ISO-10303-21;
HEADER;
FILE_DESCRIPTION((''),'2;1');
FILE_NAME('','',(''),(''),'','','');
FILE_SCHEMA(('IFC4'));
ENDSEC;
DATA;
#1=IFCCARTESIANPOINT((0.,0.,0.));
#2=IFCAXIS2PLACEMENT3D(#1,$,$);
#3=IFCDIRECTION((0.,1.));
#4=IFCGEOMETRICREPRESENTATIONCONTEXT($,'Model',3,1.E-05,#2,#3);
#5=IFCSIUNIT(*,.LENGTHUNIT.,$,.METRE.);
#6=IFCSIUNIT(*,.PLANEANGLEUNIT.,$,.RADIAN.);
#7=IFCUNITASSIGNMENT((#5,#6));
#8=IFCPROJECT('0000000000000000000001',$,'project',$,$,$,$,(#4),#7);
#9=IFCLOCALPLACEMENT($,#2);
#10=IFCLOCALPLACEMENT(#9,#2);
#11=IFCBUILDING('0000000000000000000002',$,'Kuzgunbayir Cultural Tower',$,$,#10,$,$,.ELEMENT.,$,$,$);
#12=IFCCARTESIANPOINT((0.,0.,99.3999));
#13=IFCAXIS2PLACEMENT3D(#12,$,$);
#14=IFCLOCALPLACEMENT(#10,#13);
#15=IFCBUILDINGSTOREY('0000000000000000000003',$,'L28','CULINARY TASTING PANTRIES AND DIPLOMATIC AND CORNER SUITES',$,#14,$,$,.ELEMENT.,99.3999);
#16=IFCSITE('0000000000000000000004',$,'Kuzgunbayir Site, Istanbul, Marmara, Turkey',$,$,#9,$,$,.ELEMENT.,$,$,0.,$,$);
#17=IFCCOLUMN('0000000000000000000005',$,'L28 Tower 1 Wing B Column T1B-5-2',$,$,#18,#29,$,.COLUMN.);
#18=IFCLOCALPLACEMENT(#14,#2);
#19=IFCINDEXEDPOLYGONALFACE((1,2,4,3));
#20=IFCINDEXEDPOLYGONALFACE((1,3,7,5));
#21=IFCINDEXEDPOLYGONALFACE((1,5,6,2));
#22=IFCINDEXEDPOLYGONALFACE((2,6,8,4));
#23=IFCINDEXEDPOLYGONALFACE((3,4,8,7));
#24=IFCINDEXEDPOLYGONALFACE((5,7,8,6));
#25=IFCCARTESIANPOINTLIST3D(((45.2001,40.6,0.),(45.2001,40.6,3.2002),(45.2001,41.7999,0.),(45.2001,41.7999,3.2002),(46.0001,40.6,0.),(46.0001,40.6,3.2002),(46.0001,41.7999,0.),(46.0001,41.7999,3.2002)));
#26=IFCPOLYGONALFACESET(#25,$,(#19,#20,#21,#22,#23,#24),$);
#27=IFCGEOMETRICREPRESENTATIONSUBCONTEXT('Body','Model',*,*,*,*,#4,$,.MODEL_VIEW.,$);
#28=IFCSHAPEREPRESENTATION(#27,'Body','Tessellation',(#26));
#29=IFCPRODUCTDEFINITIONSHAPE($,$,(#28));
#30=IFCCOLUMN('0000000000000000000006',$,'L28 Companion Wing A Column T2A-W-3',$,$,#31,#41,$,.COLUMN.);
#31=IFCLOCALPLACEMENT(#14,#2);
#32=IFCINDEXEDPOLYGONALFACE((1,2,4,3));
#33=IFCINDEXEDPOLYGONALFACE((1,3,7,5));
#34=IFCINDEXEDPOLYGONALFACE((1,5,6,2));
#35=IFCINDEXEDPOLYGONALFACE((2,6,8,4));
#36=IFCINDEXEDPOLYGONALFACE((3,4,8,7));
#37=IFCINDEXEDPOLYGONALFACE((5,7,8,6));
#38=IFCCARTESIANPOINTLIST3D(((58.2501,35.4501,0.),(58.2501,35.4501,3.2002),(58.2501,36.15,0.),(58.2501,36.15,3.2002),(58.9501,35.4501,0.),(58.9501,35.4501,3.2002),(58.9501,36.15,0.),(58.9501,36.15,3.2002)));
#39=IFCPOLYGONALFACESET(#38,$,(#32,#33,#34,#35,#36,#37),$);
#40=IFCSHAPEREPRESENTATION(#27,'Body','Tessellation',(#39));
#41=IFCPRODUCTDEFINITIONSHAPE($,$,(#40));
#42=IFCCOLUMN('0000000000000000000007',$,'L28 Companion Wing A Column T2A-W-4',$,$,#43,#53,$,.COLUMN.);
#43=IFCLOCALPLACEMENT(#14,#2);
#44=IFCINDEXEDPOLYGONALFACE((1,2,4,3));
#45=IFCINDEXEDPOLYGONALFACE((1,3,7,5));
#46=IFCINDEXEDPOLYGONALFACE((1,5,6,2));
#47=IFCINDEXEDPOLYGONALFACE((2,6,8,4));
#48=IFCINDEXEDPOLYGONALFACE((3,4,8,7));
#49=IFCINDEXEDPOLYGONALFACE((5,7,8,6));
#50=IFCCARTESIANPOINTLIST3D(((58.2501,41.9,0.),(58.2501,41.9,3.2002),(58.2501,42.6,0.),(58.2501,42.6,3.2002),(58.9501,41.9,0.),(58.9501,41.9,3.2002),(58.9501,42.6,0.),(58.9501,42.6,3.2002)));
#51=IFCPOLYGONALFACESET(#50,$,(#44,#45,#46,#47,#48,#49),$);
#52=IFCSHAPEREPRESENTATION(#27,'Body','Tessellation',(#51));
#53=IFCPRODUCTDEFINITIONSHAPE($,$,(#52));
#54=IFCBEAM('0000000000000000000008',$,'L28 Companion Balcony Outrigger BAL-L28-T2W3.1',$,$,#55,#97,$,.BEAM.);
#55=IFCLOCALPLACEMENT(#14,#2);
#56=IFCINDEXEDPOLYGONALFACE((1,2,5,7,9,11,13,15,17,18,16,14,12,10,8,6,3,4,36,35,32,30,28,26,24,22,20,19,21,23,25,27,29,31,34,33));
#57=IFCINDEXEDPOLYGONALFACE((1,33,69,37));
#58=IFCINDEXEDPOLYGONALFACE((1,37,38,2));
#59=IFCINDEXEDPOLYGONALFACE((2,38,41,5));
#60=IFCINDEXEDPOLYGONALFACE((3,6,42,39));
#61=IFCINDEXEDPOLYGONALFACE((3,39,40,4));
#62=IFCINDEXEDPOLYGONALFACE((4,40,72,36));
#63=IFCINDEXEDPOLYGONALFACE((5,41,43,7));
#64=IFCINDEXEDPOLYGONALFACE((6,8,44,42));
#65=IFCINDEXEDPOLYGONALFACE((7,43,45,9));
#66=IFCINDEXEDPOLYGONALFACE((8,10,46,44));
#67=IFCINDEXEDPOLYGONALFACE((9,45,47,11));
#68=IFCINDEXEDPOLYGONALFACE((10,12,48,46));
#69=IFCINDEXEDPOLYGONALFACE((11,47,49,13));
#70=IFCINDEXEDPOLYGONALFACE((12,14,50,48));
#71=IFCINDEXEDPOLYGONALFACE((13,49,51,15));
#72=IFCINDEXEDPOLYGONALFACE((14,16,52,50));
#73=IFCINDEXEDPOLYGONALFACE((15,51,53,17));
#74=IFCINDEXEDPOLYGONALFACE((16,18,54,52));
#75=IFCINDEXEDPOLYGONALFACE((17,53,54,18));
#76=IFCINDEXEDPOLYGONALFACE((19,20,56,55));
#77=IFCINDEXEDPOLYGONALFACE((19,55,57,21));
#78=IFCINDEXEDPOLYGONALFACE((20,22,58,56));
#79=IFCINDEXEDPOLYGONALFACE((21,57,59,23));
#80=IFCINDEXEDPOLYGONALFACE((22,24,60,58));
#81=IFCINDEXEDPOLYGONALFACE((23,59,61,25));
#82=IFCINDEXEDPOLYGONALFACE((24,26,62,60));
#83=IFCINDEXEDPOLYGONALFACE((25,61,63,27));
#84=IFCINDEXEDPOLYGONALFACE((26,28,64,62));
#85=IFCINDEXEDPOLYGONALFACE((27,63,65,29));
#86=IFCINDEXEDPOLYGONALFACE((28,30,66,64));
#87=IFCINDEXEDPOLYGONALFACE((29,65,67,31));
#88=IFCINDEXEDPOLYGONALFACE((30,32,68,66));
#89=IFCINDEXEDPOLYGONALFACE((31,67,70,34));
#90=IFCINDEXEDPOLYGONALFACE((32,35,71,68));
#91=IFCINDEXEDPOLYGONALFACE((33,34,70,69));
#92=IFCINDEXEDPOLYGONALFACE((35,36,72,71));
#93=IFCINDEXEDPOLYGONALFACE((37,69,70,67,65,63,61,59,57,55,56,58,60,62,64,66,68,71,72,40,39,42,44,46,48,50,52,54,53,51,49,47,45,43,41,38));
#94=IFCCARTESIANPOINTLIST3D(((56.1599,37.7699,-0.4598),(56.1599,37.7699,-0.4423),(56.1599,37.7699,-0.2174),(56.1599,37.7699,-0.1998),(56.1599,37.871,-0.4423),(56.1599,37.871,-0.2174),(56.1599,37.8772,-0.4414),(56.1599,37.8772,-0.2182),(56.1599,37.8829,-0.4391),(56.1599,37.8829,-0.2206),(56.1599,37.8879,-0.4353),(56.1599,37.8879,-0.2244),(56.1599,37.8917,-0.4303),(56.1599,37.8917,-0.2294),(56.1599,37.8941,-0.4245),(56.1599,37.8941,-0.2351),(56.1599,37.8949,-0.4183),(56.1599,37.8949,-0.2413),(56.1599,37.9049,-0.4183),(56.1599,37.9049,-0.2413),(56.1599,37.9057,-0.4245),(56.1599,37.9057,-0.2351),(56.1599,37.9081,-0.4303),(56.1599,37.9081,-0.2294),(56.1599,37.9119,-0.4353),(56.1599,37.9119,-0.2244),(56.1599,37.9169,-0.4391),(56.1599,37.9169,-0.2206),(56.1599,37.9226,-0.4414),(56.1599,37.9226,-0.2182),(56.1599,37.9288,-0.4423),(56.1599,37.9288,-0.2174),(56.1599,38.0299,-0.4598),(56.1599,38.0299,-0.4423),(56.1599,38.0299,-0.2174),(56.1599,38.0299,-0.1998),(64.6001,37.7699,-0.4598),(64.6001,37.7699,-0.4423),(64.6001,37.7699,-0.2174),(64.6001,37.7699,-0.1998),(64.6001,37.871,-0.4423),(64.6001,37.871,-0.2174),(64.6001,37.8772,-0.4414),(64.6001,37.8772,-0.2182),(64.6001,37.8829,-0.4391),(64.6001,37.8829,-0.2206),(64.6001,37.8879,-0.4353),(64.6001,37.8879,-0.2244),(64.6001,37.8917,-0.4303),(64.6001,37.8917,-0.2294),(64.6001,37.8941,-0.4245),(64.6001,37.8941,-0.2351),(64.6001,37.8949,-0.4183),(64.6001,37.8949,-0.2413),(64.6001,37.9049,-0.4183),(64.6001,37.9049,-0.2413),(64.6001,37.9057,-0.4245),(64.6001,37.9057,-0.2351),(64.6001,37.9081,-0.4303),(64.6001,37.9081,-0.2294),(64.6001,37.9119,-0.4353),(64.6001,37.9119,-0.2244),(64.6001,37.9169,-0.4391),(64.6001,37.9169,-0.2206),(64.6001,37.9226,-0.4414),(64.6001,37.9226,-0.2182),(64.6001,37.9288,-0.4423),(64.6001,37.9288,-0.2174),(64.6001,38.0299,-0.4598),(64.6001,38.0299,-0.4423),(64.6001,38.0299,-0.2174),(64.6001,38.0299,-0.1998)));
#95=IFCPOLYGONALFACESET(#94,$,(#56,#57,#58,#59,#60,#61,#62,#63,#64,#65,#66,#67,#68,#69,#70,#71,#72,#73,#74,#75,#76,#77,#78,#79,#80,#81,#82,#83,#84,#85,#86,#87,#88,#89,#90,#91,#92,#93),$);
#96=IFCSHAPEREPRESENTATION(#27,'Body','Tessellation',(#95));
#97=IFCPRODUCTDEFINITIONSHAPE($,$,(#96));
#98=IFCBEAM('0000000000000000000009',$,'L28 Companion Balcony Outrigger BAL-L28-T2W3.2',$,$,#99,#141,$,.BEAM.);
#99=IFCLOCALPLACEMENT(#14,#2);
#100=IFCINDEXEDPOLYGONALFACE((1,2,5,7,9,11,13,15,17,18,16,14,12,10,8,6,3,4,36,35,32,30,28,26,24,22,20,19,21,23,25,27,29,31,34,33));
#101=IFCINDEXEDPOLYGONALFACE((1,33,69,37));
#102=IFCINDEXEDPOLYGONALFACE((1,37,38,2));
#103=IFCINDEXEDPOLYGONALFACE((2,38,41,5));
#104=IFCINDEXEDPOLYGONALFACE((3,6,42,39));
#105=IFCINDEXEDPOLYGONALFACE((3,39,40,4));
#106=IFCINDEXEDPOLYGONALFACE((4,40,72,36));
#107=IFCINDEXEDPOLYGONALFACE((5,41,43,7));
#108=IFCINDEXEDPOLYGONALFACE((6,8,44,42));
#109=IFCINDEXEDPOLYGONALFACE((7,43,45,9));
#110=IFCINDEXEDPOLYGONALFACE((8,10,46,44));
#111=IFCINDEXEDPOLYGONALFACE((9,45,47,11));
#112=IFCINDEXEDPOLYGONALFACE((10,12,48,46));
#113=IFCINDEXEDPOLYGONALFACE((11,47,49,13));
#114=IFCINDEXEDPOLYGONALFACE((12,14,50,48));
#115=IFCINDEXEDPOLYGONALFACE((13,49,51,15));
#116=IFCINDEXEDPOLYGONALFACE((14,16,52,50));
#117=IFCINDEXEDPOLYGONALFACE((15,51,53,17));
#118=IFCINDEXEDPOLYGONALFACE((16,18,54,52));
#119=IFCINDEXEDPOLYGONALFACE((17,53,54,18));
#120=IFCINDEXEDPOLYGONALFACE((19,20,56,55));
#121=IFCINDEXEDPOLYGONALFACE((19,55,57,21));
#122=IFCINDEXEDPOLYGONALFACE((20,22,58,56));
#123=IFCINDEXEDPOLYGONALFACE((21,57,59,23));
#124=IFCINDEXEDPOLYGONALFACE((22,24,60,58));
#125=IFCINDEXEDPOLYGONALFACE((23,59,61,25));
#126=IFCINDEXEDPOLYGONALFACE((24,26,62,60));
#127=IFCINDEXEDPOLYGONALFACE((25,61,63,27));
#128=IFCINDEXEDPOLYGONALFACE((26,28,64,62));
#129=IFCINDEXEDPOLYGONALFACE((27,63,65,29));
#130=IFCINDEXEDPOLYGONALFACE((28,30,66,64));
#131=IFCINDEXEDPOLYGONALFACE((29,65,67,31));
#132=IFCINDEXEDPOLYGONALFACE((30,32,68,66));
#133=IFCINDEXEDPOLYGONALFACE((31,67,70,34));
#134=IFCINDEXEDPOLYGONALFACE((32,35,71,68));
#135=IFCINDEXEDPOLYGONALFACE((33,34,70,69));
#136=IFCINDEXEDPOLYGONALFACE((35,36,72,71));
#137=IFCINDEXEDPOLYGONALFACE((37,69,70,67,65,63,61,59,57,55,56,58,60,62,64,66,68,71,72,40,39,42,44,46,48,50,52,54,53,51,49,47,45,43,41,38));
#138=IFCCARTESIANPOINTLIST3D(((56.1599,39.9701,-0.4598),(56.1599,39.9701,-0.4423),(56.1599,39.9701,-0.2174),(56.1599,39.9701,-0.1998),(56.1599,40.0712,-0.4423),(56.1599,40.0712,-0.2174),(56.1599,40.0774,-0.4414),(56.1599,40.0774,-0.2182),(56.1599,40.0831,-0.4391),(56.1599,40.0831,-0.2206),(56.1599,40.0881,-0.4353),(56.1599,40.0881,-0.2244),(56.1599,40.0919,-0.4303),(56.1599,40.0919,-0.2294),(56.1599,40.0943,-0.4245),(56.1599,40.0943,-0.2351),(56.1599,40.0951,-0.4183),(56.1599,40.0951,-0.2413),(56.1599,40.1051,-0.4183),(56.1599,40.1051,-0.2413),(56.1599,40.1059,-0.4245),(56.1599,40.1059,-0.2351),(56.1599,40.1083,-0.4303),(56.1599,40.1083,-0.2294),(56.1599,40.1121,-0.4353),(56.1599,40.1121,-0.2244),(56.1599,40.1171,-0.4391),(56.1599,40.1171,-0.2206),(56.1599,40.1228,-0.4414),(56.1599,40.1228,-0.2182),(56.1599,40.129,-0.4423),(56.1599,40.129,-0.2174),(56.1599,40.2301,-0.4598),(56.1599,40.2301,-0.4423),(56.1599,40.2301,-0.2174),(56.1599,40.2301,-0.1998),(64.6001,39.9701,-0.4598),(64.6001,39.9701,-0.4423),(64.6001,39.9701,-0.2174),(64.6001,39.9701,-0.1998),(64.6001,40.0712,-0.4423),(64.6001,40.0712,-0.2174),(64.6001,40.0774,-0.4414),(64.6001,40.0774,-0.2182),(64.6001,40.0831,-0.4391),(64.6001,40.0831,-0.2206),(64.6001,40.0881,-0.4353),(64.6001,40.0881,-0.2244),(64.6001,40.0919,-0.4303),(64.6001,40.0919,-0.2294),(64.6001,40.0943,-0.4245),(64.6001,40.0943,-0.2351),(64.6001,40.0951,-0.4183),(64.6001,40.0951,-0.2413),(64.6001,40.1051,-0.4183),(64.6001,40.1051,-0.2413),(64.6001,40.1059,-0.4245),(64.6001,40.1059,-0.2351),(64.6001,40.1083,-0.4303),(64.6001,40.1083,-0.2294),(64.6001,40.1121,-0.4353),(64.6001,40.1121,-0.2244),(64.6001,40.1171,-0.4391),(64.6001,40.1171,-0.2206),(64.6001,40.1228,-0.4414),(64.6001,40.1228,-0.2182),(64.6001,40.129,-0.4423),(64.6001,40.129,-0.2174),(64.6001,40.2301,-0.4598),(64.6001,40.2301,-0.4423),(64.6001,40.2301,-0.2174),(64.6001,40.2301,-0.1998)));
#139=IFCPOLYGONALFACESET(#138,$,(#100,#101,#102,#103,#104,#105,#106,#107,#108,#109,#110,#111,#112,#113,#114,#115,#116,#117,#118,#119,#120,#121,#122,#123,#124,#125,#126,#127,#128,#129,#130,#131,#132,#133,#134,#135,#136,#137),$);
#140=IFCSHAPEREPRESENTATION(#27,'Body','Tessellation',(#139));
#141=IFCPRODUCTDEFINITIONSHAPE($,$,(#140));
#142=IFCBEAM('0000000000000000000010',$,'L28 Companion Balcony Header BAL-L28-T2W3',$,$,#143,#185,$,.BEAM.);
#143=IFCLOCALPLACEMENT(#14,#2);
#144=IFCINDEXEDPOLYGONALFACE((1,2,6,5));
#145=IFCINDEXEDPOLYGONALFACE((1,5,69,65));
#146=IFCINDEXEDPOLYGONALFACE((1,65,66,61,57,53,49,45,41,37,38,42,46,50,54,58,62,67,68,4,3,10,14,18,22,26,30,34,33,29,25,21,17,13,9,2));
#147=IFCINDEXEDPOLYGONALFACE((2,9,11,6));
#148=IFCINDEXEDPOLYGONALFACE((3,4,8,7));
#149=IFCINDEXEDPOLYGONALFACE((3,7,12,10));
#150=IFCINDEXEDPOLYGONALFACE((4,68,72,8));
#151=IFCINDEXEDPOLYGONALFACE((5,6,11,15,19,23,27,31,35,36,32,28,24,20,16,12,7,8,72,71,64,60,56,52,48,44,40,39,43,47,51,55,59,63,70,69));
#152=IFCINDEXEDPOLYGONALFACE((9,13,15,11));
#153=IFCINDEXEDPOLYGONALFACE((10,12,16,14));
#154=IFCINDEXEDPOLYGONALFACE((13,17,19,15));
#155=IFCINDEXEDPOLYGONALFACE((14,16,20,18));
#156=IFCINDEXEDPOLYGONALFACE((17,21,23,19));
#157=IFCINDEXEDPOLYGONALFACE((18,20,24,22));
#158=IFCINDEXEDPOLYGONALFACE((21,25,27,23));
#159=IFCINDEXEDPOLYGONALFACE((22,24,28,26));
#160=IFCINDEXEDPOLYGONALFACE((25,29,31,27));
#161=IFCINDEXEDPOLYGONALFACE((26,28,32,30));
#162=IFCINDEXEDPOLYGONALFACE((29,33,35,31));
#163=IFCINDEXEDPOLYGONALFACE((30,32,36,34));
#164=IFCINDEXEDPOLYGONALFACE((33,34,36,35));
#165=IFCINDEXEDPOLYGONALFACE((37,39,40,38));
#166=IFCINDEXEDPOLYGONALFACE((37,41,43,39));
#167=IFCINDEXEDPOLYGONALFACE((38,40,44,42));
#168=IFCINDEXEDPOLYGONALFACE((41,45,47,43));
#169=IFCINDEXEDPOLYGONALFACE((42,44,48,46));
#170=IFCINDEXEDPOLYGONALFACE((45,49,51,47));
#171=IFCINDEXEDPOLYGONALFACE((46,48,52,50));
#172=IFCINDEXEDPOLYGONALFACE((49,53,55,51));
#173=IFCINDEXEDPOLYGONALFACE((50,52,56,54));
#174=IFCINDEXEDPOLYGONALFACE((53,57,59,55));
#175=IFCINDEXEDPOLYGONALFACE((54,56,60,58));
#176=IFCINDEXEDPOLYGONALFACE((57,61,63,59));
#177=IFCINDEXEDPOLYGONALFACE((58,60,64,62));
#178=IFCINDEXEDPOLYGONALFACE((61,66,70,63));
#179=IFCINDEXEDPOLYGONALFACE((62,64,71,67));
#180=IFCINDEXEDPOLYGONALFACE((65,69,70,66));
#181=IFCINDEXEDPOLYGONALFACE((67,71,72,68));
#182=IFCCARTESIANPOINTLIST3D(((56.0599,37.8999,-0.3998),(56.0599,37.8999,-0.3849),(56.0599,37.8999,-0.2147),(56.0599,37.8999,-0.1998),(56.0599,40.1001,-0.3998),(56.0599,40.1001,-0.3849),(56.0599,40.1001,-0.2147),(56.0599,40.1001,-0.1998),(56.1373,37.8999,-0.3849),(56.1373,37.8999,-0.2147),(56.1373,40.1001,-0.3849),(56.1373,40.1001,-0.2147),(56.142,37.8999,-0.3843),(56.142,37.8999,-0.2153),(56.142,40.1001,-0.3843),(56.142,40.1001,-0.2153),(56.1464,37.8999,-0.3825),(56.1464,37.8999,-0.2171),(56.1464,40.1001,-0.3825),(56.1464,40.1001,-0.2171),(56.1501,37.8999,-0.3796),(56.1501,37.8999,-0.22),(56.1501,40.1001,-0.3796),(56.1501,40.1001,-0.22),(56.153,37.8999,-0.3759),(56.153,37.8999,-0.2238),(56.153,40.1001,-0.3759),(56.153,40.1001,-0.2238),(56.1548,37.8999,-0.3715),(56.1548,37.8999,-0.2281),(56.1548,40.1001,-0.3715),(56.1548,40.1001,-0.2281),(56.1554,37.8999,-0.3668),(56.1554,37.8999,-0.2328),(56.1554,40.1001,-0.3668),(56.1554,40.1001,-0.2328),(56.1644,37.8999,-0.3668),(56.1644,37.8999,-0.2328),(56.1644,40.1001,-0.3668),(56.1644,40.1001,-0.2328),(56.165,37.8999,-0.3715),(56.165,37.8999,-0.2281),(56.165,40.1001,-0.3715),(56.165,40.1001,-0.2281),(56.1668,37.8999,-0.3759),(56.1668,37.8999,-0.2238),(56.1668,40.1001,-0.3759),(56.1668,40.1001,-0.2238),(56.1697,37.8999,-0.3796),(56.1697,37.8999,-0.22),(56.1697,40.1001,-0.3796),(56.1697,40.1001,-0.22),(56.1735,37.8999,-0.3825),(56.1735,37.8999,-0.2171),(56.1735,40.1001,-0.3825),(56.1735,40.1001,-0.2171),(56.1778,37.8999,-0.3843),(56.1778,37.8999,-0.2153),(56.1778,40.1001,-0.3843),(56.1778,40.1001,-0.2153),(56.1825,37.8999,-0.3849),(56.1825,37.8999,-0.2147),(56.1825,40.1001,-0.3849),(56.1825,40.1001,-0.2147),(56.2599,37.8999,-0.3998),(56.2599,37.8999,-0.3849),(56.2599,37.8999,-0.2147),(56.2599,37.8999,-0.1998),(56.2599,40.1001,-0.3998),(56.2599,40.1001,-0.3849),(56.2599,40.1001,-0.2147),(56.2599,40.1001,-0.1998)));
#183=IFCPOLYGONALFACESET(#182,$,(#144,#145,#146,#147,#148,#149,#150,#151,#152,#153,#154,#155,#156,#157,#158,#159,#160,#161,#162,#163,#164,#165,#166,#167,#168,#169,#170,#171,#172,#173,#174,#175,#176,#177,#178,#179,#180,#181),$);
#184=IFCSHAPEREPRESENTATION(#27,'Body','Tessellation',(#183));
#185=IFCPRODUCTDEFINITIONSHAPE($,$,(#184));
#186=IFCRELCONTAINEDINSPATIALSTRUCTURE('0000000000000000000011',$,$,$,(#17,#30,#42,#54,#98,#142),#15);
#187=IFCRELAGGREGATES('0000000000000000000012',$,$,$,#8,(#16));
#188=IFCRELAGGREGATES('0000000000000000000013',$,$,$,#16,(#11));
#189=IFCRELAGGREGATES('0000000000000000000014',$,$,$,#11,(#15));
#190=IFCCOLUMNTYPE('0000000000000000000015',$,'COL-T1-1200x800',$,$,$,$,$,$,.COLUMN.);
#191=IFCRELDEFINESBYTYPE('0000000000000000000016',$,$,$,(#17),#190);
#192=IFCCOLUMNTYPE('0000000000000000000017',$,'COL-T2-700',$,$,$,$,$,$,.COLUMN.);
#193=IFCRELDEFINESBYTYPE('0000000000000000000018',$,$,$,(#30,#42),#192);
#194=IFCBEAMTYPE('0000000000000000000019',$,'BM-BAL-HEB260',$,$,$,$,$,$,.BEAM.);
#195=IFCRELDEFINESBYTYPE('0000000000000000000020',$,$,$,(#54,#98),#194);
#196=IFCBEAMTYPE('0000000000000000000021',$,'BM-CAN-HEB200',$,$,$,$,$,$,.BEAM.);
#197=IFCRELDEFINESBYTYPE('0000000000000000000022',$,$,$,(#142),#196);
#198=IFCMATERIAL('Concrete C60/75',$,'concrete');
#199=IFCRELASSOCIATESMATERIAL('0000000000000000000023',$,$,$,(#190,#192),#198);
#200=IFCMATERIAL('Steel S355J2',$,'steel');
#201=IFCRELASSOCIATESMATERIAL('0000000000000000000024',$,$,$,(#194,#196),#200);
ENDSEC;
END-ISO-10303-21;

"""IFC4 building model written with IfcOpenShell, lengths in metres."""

from ifc_helpers import new_model, si_unit, direction, frame, origin, origin_2d, place, context, subcontext, project, spatial, rectangle, i_section, extrude, material, material_profile, profile_set, type_object, element, save


model = new_model("IFC4")

# Units and contexts
model_context = context("Model", 3, precision=1e-05, world=origin(), true_north=direction((0.0, 1.0)))
body_context = subcontext(model_context, "Body", "Model", "MODEL_VIEW")
ifc_project = project(units=[si_unit("LENGTHUNIT", "METRE"), si_unit("PLANEANGLEUNIT", "RADIAN")], contexts=[model_context])

# Site, building, storey
site_placement = place(None, origin())
site = spatial("IfcSite", under=ifc_project, at=site_placement, Name="Kuzgunbayir Site, Istanbul, Marmara, Turkey", CompositionType="ELEMENT", RefElevation=0.0)
building_placement = place(site_placement, origin())
building = spatial("IfcBuilding", under=site, at=building_placement, Name="Kuzgunbayir Cultural Tower", CompositionType="ELEMENT")
storey_placement = place(building_placement, frame((0.0, 0.0, 99.3999)))
storey = spatial("IfcBuildingStorey", under=building, at=storey_placement, Name="L28", Description="CULINARY TASTING PANTRIES AND DIPLOMATIC AND CORNER SUITES", CompositionType="ELEMENT", Elevation=99.3999)

# Columns
ifc_material_1 = material(Name="Concrete C60/75", Category="concrete")
ifc_material_profile_1 = material_profile(ifc_material_1, rectangle(XDim=0.8, YDim=1.2, at=origin_2d()), Name="RC 1200x800")
ifc_profile_set_1 = profile_set([ifc_material_profile_1], Name="Concrete C60/75")
column_type_1 = type_object("IfcColumnType", Name="COL-T1-1200x800", PredefinedType="COLUMN", material=ifc_profile_set_1)
column_placement = place(storey_placement, frame((45.6001, 41.2, 0.0), z_axis=(0.0, 0.0, 1.0), x_axis=(1.0, 0.0, 0.0)))
element("IfcColumn", 1, at=column_placement, inside=storey, type_object=column_type_1, Name="L28 Tower 1 Wing B Column T1B-5-2", PredefinedType="COLUMN", context=body_context, shape_type="SweptSolid", body=[
    extrude(rectangle(XDim=0.8, YDim=1.2, at=origin_2d()), origin(), (0.0, 0.0, 1.0), 3.2002),
])
ifc_material_profile_2 = material_profile(ifc_material_1, rectangle(XDim=0.7, YDim=0.7, at=origin_2d()), Name="RC 700x700")
ifc_profile_set_2 = profile_set([ifc_material_profile_2], Name="Concrete C60/75")
column_type_2 = type_object("IfcColumnType", Name="COL-T2-700", PredefinedType="COLUMN", material=ifc_profile_set_2)
for number, where, z_axis, x_axis, name in (
    (2, (58.6001, 35.8, 0.0), (0.0, 0.0, 1.0), (1.0, 0.0, 0.0), "L28 Companion Wing A Column T2A-W-3"),
    (3, (58.6001, 42.25, 0.0), (0.0, 0.0, 1.0), (1.0, 0.0, 0.0), "L28 Companion Wing A Column T2A-W-4"),
):
    element("IfcColumn", number, at=place(storey_placement, frame(where, z_axis=z_axis, x_axis=x_axis)), inside=storey, type_object=column_type_2, Name=name, PredefinedType="COLUMN", context=body_context, shape_type="SweptSolid", body=[
        extrude(rectangle(XDim=0.7, YDim=0.7, at=origin_2d()), origin(), (0.0, 0.0, 1.0), 3.2002),
    ])

# Beams
ifc_material_2 = material(Name="Steel S355J2", Category="steel")
ifc_material_profile_3 = material_profile(ifc_material_2, i_section(OverallWidth=0.26, OverallDepth=0.26, WebThickness=0.01, FlangeThickness=0.0176, FilletRadius=0.0239, at=origin_2d()), Name="HEB 260")
ifc_profile_set_3 = profile_set([ifc_material_profile_3], Name="Steel S355J2")
beam_type_1 = type_object("IfcBeamType", Name="BM-BAL-HEB260", PredefinedType="BEAM", material=ifc_profile_set_3)
for number, where, z_axis, x_axis, name in (
    (4, (56.1599, 37.8999, -0.3298), (1.0, 0.0, 0.0), (0.0, 1.0, 0.0), "L28 Companion Balcony Outrigger BAL-L28-T2W3.1"),
    (5, (56.1599, 40.1001, -0.3298), (1.0, 0.0, 0.0), (0.0, 1.0, 0.0), "L28 Companion Balcony Outrigger BAL-L28-T2W3.2"),
):
    element("IfcBeam", number, at=place(storey_placement, frame(where, z_axis=z_axis, x_axis=x_axis)), inside=storey, type_object=beam_type_1, Name=name, PredefinedType="BEAM", context=body_context, shape_type="SweptSolid", body=[
        extrude(i_section(OverallWidth=0.26, OverallDepth=0.26, WebThickness=0.01, FlangeThickness=0.0176, FilletRadius=0.0239, at=origin_2d()), origin(), (0.0, 0.0, 1.0), 8.4402),
    ])
ifc_material_profile_4 = material_profile(ifc_material_2, i_section(OverallWidth=0.2, OverallDepth=0.2, WebThickness=0.009, FlangeThickness=0.0149, FilletRadius=0.0181, at=origin_2d()), Name="HEB 200")
ifc_profile_set_4 = profile_set([ifc_material_profile_4], Name="Steel S355J2")
beam_type_2 = type_object("IfcBeamType", Name="BM-CAN-HEB200", PredefinedType="BEAM", material=ifc_profile_set_4)
beam_1_placement = place(storey_placement, frame((56.1599, 37.8999, -0.2998), z_axis=(0.0, 1.0, 0.0), x_axis=(-1.0, 0.0, 0.0)))
element("IfcBeam", 6, at=beam_1_placement, inside=storey, type_object=beam_type_2, Name="L28 Companion Balcony Header BAL-L28-T2W3", PredefinedType="BEAM", context=body_context, shape_type="SweptSolid", body=[
    extrude(i_section(OverallWidth=0.2, OverallDepth=0.2, WebThickness=0.009, FlangeThickness=0.0149, FilletRadius=0.0181, at=origin_2d()), origin(), (0.0, 0.0, 1.0), 2.2002),
])

save(model, "model.ifc")
